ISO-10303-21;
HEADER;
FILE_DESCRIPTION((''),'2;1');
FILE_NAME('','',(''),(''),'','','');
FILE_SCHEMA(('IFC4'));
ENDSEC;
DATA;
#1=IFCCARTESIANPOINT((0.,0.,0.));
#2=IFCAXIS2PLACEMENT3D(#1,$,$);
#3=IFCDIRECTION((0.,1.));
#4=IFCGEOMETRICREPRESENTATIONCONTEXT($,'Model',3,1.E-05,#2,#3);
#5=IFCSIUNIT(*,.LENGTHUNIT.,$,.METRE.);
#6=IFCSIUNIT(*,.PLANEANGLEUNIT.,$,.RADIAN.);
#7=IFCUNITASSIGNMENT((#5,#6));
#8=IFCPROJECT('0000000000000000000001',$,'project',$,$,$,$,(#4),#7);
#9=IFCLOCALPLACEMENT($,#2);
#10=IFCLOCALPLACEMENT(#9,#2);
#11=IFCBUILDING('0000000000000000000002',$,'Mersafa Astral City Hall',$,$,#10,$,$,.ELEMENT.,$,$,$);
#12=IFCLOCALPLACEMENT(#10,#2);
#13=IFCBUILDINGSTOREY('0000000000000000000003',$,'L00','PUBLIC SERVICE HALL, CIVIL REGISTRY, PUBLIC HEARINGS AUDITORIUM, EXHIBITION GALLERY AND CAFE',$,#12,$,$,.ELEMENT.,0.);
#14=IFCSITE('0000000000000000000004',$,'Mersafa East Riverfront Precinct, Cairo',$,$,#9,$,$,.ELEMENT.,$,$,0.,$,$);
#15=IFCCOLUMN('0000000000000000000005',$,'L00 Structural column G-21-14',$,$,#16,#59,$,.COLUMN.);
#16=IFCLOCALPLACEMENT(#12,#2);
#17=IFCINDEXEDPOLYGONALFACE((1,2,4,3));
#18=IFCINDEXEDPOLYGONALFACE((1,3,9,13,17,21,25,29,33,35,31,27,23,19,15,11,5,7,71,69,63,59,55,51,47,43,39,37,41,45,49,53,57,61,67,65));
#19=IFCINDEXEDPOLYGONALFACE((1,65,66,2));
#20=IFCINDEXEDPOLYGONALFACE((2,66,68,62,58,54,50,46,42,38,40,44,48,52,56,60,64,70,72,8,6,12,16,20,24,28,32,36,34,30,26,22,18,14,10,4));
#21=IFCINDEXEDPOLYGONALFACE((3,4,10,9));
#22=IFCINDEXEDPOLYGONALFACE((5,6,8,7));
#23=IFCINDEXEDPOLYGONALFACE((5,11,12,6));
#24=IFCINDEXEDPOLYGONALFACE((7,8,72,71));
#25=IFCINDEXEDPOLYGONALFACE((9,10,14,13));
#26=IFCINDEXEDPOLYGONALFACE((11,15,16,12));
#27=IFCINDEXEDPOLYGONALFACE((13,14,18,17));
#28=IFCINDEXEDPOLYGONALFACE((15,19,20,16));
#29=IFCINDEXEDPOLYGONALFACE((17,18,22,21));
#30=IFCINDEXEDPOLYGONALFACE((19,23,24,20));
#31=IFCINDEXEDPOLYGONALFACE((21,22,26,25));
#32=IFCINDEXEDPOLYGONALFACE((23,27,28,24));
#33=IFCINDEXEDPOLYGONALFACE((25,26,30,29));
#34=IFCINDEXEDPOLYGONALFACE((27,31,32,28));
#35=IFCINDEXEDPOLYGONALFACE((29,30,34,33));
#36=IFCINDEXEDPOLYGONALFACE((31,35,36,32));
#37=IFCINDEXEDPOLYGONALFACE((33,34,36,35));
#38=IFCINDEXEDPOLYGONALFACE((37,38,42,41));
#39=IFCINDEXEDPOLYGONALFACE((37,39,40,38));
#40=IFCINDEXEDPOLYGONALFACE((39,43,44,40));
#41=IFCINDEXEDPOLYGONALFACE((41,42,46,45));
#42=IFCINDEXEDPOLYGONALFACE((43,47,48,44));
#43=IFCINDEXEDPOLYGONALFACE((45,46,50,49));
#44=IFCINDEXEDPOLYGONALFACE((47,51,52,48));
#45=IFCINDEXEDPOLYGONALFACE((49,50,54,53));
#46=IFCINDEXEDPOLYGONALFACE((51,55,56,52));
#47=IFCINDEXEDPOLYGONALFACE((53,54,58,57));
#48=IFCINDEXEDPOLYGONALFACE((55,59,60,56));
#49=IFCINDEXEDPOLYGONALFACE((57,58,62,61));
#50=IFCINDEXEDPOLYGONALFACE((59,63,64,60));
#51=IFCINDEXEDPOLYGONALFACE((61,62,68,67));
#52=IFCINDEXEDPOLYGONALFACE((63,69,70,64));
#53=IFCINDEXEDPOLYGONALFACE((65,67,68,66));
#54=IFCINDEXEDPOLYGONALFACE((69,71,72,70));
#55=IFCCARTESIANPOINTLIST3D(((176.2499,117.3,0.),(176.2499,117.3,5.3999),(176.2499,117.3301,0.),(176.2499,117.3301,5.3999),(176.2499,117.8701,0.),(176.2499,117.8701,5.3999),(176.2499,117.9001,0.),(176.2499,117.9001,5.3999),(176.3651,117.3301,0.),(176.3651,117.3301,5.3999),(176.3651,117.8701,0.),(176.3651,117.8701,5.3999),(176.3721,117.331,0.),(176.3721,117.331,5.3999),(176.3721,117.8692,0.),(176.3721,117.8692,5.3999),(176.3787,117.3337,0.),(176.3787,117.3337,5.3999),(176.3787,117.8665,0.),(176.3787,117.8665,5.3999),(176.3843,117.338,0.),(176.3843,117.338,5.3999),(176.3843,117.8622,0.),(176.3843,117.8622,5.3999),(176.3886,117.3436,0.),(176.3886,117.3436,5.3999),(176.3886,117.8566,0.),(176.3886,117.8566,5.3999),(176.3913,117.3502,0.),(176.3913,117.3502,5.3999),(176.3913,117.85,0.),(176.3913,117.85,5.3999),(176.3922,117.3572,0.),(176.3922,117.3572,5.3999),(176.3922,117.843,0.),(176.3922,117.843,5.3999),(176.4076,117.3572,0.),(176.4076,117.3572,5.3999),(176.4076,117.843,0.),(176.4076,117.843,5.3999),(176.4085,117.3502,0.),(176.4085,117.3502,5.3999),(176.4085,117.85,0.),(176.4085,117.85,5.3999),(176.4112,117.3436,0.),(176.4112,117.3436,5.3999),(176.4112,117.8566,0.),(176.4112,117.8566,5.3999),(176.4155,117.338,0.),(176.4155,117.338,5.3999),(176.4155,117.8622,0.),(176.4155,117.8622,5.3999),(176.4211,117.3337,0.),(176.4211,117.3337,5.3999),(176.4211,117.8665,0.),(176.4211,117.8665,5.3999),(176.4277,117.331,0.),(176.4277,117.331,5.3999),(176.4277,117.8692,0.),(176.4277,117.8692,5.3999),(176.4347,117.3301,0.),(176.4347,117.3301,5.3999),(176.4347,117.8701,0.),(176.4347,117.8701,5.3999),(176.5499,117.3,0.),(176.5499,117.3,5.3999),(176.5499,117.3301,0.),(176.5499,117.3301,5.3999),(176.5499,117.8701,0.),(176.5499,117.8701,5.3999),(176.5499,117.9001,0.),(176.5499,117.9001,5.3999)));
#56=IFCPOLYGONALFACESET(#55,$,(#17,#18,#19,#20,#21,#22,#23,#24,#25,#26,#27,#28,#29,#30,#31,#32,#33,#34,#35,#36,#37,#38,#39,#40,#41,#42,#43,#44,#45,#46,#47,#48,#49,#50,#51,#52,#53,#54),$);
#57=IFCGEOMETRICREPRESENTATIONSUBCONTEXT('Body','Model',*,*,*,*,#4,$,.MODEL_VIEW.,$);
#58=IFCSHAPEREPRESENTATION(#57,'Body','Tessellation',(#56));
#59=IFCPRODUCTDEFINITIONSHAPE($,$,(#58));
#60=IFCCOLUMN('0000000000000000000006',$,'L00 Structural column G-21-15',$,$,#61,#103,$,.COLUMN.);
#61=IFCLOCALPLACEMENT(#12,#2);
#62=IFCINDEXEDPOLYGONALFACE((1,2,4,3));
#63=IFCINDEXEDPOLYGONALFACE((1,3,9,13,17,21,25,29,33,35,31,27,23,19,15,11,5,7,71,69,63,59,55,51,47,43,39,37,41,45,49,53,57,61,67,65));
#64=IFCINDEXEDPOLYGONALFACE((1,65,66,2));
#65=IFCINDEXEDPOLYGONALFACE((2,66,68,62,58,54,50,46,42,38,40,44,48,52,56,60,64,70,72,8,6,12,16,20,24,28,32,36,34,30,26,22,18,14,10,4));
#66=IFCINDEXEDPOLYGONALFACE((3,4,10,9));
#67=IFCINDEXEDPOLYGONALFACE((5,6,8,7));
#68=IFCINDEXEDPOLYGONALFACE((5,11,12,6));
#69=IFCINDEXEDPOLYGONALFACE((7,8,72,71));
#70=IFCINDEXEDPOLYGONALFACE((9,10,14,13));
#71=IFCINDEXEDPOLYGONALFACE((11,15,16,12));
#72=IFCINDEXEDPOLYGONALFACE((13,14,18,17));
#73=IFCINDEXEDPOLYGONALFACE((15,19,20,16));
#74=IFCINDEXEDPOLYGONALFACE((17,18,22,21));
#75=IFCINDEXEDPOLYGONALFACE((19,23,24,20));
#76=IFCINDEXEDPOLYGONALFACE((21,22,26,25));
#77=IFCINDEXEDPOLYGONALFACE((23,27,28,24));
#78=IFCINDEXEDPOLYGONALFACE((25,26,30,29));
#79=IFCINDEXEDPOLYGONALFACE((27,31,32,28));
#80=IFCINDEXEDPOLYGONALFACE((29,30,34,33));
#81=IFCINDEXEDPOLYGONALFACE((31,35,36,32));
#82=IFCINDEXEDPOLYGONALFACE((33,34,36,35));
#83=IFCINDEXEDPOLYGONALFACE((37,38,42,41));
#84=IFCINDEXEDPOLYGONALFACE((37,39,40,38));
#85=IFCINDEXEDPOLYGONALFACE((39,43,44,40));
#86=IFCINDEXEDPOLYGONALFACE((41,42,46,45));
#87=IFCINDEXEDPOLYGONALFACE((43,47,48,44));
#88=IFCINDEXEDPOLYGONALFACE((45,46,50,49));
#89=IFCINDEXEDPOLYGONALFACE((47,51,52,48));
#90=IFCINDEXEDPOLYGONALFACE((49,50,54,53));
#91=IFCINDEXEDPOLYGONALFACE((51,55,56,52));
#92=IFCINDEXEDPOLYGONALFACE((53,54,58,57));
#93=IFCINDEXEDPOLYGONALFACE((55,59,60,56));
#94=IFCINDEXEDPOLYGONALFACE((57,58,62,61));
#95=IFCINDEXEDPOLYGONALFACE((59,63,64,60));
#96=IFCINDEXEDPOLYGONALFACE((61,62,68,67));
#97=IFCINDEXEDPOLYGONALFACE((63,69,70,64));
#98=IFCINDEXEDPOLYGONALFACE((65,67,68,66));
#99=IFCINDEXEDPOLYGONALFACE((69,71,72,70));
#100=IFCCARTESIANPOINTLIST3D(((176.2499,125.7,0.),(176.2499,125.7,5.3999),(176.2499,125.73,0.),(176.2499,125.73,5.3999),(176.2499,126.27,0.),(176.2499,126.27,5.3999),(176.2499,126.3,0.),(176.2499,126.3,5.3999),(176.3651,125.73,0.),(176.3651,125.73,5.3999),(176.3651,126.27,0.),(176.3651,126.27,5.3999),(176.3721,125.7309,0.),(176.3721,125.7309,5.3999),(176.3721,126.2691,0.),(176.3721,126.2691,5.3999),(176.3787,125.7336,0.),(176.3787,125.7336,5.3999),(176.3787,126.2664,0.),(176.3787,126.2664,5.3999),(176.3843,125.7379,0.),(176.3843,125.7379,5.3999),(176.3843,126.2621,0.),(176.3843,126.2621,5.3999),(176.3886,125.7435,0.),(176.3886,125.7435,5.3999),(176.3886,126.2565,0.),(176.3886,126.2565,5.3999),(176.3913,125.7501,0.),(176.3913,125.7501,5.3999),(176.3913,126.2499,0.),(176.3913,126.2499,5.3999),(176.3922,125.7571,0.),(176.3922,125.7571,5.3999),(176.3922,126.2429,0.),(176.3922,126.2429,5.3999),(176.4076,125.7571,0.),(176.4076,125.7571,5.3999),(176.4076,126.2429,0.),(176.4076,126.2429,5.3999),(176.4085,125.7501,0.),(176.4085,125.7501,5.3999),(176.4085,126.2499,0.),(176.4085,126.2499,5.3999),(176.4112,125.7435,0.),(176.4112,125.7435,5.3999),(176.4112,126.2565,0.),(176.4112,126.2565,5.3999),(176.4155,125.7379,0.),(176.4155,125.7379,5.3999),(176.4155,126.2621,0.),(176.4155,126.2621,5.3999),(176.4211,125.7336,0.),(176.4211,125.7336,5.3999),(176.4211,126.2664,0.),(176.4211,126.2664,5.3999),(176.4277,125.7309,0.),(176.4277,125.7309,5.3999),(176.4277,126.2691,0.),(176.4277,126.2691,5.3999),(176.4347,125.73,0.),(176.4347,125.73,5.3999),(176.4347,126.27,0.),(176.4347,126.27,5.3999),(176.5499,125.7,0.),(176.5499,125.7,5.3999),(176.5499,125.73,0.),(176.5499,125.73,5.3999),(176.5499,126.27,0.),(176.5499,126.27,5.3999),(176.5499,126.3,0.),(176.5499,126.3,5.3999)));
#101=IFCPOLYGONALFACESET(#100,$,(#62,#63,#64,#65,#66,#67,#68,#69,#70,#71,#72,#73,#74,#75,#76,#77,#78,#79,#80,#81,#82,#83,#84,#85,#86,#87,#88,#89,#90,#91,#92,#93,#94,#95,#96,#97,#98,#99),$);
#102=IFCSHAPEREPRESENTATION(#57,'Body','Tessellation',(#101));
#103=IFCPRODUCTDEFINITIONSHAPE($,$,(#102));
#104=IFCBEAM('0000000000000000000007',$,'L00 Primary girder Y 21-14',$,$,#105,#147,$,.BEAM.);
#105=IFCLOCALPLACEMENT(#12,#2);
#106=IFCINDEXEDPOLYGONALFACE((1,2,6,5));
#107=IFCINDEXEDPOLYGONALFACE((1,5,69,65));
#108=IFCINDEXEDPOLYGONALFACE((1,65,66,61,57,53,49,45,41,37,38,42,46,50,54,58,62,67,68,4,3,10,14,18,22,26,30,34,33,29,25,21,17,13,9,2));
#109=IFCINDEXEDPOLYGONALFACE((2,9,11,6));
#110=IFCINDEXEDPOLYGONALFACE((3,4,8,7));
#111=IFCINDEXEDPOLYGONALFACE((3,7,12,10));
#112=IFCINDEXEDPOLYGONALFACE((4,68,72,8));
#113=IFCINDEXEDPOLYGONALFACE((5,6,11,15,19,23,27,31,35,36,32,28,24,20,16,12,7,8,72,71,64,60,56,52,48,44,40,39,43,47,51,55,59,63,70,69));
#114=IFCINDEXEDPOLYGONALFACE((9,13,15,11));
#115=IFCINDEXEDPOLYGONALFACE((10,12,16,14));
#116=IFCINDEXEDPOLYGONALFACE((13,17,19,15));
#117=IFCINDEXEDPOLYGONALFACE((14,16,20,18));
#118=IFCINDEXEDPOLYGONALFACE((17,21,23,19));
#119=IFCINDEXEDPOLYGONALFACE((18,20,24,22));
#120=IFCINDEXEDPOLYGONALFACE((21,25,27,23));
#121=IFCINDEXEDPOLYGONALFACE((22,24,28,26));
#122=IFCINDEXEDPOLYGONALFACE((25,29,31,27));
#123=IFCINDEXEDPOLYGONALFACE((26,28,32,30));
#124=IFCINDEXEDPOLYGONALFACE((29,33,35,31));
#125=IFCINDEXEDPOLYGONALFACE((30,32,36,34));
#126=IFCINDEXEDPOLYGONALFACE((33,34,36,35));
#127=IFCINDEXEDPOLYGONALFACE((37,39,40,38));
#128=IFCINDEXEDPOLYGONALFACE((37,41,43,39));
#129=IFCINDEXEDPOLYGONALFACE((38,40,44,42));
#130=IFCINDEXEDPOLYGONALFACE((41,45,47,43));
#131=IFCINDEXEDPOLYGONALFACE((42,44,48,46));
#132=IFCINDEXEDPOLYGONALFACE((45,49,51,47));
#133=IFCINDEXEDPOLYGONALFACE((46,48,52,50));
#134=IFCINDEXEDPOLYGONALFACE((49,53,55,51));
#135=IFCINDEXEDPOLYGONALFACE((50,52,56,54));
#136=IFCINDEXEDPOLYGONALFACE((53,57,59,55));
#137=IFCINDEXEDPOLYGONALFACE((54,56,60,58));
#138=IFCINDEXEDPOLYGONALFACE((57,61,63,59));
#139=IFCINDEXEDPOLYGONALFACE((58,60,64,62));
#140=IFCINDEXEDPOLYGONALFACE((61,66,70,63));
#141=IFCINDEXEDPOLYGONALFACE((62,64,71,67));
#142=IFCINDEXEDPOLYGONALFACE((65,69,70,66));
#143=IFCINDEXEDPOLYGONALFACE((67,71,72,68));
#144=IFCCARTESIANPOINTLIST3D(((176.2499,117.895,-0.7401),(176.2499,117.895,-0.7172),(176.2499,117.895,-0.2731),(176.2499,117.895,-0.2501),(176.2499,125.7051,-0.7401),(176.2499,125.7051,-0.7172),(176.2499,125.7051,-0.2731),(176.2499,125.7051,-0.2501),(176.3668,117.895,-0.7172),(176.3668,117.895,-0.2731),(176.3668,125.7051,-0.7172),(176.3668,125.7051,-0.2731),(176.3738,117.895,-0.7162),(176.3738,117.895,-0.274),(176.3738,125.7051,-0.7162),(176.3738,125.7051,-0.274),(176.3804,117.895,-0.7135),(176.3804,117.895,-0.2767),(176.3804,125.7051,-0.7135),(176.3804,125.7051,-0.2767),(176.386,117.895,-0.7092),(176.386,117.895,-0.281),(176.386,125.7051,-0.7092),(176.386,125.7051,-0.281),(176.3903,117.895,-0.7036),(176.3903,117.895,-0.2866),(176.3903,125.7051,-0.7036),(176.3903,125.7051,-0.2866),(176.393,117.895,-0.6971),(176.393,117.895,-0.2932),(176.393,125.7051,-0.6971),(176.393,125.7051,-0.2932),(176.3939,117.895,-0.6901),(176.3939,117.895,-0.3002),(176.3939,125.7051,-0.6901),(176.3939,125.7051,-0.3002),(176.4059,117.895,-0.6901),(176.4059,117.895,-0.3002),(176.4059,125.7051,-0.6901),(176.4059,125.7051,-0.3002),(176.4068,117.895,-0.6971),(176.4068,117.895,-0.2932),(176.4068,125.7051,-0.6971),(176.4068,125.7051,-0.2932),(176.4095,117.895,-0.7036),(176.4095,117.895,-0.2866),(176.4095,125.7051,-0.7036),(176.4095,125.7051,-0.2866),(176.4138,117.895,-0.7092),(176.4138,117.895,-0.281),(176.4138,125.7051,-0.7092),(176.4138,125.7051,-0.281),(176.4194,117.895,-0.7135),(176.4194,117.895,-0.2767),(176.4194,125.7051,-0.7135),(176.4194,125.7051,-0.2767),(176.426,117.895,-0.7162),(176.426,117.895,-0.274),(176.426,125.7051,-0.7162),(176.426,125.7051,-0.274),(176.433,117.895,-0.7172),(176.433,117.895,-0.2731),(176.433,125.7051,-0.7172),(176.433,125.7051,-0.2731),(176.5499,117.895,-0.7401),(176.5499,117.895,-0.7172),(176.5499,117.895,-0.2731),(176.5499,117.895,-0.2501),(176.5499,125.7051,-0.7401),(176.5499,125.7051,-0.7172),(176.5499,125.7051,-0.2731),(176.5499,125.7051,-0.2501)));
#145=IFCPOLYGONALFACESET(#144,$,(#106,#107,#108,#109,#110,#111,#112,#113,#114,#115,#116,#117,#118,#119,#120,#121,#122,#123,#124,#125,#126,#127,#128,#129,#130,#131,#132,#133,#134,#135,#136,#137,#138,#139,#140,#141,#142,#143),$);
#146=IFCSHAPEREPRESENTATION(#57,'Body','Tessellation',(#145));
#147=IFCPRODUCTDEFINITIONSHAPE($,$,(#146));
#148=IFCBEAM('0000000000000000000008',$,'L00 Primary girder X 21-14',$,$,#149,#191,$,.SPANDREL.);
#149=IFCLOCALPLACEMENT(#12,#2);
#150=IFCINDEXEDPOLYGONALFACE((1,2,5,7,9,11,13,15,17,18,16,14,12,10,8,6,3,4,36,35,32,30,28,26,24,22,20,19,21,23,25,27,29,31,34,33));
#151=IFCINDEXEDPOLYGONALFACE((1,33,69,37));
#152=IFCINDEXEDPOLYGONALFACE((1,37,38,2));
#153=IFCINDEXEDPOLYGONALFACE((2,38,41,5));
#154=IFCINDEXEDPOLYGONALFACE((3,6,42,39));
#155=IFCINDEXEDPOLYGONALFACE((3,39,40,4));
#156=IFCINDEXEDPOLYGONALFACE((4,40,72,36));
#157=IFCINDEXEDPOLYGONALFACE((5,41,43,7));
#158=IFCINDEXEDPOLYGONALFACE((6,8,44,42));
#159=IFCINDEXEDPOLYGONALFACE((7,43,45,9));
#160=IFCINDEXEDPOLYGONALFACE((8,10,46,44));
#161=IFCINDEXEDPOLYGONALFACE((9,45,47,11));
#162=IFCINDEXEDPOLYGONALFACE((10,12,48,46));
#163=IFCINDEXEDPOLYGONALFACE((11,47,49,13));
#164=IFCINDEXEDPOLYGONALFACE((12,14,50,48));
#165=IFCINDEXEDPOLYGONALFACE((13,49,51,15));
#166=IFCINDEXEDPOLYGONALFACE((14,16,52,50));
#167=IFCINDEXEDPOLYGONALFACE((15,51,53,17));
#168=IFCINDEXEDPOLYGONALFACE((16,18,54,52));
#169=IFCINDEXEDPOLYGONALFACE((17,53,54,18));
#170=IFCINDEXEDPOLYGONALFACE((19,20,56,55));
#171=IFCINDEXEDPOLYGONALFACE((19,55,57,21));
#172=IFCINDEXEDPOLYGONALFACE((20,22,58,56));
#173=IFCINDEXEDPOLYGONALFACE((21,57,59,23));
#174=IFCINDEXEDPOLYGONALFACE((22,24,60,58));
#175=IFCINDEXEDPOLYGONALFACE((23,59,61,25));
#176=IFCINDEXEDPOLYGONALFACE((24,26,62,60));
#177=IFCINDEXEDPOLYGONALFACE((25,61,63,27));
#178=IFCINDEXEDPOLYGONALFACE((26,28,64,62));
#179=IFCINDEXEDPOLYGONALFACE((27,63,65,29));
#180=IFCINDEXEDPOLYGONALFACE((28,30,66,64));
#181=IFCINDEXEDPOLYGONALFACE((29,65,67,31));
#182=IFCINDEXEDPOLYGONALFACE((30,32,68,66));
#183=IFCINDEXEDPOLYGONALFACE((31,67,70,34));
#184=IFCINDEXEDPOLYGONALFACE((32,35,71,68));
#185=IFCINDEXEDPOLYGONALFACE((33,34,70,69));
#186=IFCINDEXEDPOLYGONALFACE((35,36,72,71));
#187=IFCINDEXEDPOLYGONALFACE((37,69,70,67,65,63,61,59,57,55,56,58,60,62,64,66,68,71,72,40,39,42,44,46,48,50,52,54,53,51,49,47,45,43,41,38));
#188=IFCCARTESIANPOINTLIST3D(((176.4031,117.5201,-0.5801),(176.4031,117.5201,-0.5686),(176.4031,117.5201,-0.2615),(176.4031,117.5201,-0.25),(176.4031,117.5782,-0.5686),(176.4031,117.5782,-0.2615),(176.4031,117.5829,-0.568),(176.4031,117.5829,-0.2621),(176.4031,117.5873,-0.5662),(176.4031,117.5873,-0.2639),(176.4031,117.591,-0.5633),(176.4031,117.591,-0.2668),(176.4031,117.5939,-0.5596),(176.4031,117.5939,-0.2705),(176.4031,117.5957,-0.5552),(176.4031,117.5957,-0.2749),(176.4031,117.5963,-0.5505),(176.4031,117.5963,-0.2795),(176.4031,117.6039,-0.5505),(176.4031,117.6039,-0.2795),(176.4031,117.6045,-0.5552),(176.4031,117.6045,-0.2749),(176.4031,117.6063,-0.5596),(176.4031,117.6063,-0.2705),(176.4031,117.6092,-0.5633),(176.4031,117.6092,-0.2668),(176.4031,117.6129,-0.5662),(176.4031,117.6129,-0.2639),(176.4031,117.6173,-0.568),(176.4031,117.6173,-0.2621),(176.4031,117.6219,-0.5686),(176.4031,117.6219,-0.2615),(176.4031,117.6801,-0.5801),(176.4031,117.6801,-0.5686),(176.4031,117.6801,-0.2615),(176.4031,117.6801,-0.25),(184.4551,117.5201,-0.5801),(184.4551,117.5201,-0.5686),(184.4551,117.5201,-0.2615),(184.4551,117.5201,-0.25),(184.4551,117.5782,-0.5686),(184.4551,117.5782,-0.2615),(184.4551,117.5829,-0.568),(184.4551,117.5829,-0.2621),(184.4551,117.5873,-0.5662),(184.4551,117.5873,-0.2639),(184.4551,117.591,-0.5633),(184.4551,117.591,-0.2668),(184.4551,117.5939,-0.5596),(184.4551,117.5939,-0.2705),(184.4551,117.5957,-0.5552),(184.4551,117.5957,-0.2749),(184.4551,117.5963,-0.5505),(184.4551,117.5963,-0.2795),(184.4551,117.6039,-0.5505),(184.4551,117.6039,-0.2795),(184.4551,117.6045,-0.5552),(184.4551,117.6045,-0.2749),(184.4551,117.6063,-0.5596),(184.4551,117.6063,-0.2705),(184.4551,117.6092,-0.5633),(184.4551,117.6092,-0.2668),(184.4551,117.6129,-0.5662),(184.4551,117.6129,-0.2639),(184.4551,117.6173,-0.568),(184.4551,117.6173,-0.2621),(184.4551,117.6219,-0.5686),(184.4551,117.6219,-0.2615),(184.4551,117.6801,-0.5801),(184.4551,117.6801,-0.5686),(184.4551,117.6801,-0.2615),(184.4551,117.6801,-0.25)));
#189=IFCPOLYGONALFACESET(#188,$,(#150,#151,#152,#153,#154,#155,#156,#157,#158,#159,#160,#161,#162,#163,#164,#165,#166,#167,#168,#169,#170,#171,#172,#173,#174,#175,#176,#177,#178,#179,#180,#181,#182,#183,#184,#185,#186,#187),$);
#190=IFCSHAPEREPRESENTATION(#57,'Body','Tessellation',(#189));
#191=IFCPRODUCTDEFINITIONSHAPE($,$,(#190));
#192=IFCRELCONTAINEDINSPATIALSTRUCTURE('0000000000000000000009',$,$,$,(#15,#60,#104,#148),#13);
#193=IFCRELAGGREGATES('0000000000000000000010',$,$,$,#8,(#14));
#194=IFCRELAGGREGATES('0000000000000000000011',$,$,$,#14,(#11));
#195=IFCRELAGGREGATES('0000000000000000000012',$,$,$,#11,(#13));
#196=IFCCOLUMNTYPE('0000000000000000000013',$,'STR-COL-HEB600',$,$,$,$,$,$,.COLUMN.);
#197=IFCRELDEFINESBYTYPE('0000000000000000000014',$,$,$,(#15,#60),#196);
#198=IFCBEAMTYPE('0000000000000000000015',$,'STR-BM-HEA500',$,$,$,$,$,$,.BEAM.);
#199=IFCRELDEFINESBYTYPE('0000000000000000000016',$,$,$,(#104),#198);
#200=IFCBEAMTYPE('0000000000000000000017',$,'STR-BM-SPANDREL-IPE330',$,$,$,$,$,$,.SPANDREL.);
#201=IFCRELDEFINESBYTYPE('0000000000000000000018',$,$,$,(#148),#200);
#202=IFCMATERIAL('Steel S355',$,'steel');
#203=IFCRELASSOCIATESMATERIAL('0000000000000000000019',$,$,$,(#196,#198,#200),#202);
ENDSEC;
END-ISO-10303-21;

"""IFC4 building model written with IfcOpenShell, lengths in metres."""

from ifc_helpers import new_model, si_unit, direction, frame, origin, origin_2d, place, context, subcontext, project, spatial, i_section, extrude, material, material_profile, profile_set, type_object, element, save


model = new_model("IFC4")

# Units and contexts
model_context = context("Model", 3, precision=1e-05, world=origin(), true_north=direction((0.0, 1.0)))
body_context = subcontext(model_context, "Body", "Model", "MODEL_VIEW")
ifc_project = project(units=[si_unit("LENGTHUNIT", "METRE"), si_unit("PLANEANGLEUNIT", "RADIAN")], contexts=[model_context])

# Site, building, storey
site_placement = place(None, origin())
site = spatial("IfcSite", under=ifc_project, at=site_placement, Name="Mersafa East Riverfront Precinct, Cairo", CompositionType="ELEMENT", RefElevation=0.0)
building_placement = place(site_placement, origin())
building = spatial("IfcBuilding", under=site, at=building_placement, Name="Mersafa Astral City Hall", CompositionType="ELEMENT")
storey_placement = place(building_placement, origin())
storey = spatial("IfcBuildingStorey", under=building, at=storey_placement, Name="L00", Description="PUBLIC SERVICE HALL, CIVIL REGISTRY, PUBLIC HEARINGS AUDITORIUM, EXHIBITION GALLERY AND CAFE", CompositionType="ELEMENT", Elevation=0.0)

# Columns
ifc_material_1 = material(Name="Steel S355", Category="steel")
ifc_material_profile_1 = material_profile(ifc_material_1, i_section(OverallWidth=0.3, OverallDepth=0.6001, WebThickness=0.0154, FlangeThickness=0.03, FilletRadius=0.0271, at=origin_2d()), Name="HEB 600")
ifc_profile_set_1 = profile_set([ifc_material_profile_1], Name="Steel S355")
column_type = type_object("IfcColumnType", Name="STR-COL-HEB600", PredefinedType="COLUMN", material=ifc_profile_set_1)
for number, where, z_axis, x_axis, name in (
    (1, (176.3999, 117.6001, 0.0), (0.0, 0.0, 1.0), (1.0, 0.0, 0.0), "L00 Structural column G-21-14"),
    (2, (176.3999, 126.0, 0.0), (0.0, 0.0, 1.0), (1.0, 0.0, 0.0), "L00 Structural column G-21-15"),
):
    element("IfcColumn", number, at=place(storey_placement, frame(where, z_axis=z_axis, x_axis=x_axis)), inside=storey, type_object=column_type, Name=name, PredefinedType="COLUMN", context=body_context, shape_type="SweptSolid", body=[
        extrude(i_section(OverallWidth=0.3, OverallDepth=0.6001, WebThickness=0.0154, FlangeThickness=0.03, FilletRadius=0.0271, at=origin_2d()), origin(), (0.0, 0.0, 1.0), 5.3999),
    ])

# Beams
ifc_material_profile_2 = material_profile(ifc_material_1, i_section(OverallWidth=0.3, OverallDepth=0.49, WebThickness=0.012, FlangeThickness=0.0229, FilletRadius=0.0271, at=origin_2d()), Name="HEA 500")
ifc_profile_set_2 = profile_set([ifc_material_profile_2], Name="Steel S355")
beam_type_1 = type_object("IfcBeamType", Name="STR-BM-HEA500", PredefinedType="BEAM", material=ifc_profile_set_2)
beam_1_placement = place(storey_placement, frame((176.3999, 117.895, -0.4951), z_axis=(0.0, 1.0, 0.0), x_axis=(-1.0, 0.0, 0.0)))
element("IfcBeam", 3, at=beam_1_placement, inside=storey, type_object=beam_type_1, Name="L00 Primary girder Y 21-14", PredefinedType="BEAM", context=body_context, shape_type="SweptSolid", body=[
    extrude(i_section(OverallWidth=0.3, OverallDepth=0.49, WebThickness=0.012, FlangeThickness=0.0229, FilletRadius=0.0271, at=origin_2d()), origin(), (0.0, 0.0, 1.0), 7.8101),
])
ifc_material_profile_3 = material_profile(ifc_material_1, i_section(OverallWidth=0.1599, OverallDepth=0.3301, WebThickness=0.0076, FlangeThickness=0.0115, FilletRadius=0.0181, at=origin_2d()), Name="IPE 330")
ifc_profile_set_3 = profile_set([ifc_material_profile_3], Name="Steel S355")
beam_type_2 = type_object("IfcBeamType", Name="STR-BM-SPANDREL-IPE330", PredefinedType="SPANDREL", material=ifc_profile_set_3)
beam_2_placement = place(storey_placement, frame((176.4031, 117.6001, -0.415), z_axis=(1.0, 0.0, 0.0), x_axis=(0.0, 1.0, 0.0)))
element("IfcBeam", 4, at=beam_2_placement, inside=storey, type_object=beam_type_2, Name="L00 Primary girder X 21-14", PredefinedType="SPANDREL", context=body_context, shape_type="SweptSolid", body=[
    extrude(i_section(OverallWidth=0.1599, OverallDepth=0.3301, WebThickness=0.0076, FlangeThickness=0.0115, FilletRadius=0.0181, at=origin_2d()), origin(), (0.0, 0.0, 1.0), 8.052),
])

save(model, "model.ifc")
